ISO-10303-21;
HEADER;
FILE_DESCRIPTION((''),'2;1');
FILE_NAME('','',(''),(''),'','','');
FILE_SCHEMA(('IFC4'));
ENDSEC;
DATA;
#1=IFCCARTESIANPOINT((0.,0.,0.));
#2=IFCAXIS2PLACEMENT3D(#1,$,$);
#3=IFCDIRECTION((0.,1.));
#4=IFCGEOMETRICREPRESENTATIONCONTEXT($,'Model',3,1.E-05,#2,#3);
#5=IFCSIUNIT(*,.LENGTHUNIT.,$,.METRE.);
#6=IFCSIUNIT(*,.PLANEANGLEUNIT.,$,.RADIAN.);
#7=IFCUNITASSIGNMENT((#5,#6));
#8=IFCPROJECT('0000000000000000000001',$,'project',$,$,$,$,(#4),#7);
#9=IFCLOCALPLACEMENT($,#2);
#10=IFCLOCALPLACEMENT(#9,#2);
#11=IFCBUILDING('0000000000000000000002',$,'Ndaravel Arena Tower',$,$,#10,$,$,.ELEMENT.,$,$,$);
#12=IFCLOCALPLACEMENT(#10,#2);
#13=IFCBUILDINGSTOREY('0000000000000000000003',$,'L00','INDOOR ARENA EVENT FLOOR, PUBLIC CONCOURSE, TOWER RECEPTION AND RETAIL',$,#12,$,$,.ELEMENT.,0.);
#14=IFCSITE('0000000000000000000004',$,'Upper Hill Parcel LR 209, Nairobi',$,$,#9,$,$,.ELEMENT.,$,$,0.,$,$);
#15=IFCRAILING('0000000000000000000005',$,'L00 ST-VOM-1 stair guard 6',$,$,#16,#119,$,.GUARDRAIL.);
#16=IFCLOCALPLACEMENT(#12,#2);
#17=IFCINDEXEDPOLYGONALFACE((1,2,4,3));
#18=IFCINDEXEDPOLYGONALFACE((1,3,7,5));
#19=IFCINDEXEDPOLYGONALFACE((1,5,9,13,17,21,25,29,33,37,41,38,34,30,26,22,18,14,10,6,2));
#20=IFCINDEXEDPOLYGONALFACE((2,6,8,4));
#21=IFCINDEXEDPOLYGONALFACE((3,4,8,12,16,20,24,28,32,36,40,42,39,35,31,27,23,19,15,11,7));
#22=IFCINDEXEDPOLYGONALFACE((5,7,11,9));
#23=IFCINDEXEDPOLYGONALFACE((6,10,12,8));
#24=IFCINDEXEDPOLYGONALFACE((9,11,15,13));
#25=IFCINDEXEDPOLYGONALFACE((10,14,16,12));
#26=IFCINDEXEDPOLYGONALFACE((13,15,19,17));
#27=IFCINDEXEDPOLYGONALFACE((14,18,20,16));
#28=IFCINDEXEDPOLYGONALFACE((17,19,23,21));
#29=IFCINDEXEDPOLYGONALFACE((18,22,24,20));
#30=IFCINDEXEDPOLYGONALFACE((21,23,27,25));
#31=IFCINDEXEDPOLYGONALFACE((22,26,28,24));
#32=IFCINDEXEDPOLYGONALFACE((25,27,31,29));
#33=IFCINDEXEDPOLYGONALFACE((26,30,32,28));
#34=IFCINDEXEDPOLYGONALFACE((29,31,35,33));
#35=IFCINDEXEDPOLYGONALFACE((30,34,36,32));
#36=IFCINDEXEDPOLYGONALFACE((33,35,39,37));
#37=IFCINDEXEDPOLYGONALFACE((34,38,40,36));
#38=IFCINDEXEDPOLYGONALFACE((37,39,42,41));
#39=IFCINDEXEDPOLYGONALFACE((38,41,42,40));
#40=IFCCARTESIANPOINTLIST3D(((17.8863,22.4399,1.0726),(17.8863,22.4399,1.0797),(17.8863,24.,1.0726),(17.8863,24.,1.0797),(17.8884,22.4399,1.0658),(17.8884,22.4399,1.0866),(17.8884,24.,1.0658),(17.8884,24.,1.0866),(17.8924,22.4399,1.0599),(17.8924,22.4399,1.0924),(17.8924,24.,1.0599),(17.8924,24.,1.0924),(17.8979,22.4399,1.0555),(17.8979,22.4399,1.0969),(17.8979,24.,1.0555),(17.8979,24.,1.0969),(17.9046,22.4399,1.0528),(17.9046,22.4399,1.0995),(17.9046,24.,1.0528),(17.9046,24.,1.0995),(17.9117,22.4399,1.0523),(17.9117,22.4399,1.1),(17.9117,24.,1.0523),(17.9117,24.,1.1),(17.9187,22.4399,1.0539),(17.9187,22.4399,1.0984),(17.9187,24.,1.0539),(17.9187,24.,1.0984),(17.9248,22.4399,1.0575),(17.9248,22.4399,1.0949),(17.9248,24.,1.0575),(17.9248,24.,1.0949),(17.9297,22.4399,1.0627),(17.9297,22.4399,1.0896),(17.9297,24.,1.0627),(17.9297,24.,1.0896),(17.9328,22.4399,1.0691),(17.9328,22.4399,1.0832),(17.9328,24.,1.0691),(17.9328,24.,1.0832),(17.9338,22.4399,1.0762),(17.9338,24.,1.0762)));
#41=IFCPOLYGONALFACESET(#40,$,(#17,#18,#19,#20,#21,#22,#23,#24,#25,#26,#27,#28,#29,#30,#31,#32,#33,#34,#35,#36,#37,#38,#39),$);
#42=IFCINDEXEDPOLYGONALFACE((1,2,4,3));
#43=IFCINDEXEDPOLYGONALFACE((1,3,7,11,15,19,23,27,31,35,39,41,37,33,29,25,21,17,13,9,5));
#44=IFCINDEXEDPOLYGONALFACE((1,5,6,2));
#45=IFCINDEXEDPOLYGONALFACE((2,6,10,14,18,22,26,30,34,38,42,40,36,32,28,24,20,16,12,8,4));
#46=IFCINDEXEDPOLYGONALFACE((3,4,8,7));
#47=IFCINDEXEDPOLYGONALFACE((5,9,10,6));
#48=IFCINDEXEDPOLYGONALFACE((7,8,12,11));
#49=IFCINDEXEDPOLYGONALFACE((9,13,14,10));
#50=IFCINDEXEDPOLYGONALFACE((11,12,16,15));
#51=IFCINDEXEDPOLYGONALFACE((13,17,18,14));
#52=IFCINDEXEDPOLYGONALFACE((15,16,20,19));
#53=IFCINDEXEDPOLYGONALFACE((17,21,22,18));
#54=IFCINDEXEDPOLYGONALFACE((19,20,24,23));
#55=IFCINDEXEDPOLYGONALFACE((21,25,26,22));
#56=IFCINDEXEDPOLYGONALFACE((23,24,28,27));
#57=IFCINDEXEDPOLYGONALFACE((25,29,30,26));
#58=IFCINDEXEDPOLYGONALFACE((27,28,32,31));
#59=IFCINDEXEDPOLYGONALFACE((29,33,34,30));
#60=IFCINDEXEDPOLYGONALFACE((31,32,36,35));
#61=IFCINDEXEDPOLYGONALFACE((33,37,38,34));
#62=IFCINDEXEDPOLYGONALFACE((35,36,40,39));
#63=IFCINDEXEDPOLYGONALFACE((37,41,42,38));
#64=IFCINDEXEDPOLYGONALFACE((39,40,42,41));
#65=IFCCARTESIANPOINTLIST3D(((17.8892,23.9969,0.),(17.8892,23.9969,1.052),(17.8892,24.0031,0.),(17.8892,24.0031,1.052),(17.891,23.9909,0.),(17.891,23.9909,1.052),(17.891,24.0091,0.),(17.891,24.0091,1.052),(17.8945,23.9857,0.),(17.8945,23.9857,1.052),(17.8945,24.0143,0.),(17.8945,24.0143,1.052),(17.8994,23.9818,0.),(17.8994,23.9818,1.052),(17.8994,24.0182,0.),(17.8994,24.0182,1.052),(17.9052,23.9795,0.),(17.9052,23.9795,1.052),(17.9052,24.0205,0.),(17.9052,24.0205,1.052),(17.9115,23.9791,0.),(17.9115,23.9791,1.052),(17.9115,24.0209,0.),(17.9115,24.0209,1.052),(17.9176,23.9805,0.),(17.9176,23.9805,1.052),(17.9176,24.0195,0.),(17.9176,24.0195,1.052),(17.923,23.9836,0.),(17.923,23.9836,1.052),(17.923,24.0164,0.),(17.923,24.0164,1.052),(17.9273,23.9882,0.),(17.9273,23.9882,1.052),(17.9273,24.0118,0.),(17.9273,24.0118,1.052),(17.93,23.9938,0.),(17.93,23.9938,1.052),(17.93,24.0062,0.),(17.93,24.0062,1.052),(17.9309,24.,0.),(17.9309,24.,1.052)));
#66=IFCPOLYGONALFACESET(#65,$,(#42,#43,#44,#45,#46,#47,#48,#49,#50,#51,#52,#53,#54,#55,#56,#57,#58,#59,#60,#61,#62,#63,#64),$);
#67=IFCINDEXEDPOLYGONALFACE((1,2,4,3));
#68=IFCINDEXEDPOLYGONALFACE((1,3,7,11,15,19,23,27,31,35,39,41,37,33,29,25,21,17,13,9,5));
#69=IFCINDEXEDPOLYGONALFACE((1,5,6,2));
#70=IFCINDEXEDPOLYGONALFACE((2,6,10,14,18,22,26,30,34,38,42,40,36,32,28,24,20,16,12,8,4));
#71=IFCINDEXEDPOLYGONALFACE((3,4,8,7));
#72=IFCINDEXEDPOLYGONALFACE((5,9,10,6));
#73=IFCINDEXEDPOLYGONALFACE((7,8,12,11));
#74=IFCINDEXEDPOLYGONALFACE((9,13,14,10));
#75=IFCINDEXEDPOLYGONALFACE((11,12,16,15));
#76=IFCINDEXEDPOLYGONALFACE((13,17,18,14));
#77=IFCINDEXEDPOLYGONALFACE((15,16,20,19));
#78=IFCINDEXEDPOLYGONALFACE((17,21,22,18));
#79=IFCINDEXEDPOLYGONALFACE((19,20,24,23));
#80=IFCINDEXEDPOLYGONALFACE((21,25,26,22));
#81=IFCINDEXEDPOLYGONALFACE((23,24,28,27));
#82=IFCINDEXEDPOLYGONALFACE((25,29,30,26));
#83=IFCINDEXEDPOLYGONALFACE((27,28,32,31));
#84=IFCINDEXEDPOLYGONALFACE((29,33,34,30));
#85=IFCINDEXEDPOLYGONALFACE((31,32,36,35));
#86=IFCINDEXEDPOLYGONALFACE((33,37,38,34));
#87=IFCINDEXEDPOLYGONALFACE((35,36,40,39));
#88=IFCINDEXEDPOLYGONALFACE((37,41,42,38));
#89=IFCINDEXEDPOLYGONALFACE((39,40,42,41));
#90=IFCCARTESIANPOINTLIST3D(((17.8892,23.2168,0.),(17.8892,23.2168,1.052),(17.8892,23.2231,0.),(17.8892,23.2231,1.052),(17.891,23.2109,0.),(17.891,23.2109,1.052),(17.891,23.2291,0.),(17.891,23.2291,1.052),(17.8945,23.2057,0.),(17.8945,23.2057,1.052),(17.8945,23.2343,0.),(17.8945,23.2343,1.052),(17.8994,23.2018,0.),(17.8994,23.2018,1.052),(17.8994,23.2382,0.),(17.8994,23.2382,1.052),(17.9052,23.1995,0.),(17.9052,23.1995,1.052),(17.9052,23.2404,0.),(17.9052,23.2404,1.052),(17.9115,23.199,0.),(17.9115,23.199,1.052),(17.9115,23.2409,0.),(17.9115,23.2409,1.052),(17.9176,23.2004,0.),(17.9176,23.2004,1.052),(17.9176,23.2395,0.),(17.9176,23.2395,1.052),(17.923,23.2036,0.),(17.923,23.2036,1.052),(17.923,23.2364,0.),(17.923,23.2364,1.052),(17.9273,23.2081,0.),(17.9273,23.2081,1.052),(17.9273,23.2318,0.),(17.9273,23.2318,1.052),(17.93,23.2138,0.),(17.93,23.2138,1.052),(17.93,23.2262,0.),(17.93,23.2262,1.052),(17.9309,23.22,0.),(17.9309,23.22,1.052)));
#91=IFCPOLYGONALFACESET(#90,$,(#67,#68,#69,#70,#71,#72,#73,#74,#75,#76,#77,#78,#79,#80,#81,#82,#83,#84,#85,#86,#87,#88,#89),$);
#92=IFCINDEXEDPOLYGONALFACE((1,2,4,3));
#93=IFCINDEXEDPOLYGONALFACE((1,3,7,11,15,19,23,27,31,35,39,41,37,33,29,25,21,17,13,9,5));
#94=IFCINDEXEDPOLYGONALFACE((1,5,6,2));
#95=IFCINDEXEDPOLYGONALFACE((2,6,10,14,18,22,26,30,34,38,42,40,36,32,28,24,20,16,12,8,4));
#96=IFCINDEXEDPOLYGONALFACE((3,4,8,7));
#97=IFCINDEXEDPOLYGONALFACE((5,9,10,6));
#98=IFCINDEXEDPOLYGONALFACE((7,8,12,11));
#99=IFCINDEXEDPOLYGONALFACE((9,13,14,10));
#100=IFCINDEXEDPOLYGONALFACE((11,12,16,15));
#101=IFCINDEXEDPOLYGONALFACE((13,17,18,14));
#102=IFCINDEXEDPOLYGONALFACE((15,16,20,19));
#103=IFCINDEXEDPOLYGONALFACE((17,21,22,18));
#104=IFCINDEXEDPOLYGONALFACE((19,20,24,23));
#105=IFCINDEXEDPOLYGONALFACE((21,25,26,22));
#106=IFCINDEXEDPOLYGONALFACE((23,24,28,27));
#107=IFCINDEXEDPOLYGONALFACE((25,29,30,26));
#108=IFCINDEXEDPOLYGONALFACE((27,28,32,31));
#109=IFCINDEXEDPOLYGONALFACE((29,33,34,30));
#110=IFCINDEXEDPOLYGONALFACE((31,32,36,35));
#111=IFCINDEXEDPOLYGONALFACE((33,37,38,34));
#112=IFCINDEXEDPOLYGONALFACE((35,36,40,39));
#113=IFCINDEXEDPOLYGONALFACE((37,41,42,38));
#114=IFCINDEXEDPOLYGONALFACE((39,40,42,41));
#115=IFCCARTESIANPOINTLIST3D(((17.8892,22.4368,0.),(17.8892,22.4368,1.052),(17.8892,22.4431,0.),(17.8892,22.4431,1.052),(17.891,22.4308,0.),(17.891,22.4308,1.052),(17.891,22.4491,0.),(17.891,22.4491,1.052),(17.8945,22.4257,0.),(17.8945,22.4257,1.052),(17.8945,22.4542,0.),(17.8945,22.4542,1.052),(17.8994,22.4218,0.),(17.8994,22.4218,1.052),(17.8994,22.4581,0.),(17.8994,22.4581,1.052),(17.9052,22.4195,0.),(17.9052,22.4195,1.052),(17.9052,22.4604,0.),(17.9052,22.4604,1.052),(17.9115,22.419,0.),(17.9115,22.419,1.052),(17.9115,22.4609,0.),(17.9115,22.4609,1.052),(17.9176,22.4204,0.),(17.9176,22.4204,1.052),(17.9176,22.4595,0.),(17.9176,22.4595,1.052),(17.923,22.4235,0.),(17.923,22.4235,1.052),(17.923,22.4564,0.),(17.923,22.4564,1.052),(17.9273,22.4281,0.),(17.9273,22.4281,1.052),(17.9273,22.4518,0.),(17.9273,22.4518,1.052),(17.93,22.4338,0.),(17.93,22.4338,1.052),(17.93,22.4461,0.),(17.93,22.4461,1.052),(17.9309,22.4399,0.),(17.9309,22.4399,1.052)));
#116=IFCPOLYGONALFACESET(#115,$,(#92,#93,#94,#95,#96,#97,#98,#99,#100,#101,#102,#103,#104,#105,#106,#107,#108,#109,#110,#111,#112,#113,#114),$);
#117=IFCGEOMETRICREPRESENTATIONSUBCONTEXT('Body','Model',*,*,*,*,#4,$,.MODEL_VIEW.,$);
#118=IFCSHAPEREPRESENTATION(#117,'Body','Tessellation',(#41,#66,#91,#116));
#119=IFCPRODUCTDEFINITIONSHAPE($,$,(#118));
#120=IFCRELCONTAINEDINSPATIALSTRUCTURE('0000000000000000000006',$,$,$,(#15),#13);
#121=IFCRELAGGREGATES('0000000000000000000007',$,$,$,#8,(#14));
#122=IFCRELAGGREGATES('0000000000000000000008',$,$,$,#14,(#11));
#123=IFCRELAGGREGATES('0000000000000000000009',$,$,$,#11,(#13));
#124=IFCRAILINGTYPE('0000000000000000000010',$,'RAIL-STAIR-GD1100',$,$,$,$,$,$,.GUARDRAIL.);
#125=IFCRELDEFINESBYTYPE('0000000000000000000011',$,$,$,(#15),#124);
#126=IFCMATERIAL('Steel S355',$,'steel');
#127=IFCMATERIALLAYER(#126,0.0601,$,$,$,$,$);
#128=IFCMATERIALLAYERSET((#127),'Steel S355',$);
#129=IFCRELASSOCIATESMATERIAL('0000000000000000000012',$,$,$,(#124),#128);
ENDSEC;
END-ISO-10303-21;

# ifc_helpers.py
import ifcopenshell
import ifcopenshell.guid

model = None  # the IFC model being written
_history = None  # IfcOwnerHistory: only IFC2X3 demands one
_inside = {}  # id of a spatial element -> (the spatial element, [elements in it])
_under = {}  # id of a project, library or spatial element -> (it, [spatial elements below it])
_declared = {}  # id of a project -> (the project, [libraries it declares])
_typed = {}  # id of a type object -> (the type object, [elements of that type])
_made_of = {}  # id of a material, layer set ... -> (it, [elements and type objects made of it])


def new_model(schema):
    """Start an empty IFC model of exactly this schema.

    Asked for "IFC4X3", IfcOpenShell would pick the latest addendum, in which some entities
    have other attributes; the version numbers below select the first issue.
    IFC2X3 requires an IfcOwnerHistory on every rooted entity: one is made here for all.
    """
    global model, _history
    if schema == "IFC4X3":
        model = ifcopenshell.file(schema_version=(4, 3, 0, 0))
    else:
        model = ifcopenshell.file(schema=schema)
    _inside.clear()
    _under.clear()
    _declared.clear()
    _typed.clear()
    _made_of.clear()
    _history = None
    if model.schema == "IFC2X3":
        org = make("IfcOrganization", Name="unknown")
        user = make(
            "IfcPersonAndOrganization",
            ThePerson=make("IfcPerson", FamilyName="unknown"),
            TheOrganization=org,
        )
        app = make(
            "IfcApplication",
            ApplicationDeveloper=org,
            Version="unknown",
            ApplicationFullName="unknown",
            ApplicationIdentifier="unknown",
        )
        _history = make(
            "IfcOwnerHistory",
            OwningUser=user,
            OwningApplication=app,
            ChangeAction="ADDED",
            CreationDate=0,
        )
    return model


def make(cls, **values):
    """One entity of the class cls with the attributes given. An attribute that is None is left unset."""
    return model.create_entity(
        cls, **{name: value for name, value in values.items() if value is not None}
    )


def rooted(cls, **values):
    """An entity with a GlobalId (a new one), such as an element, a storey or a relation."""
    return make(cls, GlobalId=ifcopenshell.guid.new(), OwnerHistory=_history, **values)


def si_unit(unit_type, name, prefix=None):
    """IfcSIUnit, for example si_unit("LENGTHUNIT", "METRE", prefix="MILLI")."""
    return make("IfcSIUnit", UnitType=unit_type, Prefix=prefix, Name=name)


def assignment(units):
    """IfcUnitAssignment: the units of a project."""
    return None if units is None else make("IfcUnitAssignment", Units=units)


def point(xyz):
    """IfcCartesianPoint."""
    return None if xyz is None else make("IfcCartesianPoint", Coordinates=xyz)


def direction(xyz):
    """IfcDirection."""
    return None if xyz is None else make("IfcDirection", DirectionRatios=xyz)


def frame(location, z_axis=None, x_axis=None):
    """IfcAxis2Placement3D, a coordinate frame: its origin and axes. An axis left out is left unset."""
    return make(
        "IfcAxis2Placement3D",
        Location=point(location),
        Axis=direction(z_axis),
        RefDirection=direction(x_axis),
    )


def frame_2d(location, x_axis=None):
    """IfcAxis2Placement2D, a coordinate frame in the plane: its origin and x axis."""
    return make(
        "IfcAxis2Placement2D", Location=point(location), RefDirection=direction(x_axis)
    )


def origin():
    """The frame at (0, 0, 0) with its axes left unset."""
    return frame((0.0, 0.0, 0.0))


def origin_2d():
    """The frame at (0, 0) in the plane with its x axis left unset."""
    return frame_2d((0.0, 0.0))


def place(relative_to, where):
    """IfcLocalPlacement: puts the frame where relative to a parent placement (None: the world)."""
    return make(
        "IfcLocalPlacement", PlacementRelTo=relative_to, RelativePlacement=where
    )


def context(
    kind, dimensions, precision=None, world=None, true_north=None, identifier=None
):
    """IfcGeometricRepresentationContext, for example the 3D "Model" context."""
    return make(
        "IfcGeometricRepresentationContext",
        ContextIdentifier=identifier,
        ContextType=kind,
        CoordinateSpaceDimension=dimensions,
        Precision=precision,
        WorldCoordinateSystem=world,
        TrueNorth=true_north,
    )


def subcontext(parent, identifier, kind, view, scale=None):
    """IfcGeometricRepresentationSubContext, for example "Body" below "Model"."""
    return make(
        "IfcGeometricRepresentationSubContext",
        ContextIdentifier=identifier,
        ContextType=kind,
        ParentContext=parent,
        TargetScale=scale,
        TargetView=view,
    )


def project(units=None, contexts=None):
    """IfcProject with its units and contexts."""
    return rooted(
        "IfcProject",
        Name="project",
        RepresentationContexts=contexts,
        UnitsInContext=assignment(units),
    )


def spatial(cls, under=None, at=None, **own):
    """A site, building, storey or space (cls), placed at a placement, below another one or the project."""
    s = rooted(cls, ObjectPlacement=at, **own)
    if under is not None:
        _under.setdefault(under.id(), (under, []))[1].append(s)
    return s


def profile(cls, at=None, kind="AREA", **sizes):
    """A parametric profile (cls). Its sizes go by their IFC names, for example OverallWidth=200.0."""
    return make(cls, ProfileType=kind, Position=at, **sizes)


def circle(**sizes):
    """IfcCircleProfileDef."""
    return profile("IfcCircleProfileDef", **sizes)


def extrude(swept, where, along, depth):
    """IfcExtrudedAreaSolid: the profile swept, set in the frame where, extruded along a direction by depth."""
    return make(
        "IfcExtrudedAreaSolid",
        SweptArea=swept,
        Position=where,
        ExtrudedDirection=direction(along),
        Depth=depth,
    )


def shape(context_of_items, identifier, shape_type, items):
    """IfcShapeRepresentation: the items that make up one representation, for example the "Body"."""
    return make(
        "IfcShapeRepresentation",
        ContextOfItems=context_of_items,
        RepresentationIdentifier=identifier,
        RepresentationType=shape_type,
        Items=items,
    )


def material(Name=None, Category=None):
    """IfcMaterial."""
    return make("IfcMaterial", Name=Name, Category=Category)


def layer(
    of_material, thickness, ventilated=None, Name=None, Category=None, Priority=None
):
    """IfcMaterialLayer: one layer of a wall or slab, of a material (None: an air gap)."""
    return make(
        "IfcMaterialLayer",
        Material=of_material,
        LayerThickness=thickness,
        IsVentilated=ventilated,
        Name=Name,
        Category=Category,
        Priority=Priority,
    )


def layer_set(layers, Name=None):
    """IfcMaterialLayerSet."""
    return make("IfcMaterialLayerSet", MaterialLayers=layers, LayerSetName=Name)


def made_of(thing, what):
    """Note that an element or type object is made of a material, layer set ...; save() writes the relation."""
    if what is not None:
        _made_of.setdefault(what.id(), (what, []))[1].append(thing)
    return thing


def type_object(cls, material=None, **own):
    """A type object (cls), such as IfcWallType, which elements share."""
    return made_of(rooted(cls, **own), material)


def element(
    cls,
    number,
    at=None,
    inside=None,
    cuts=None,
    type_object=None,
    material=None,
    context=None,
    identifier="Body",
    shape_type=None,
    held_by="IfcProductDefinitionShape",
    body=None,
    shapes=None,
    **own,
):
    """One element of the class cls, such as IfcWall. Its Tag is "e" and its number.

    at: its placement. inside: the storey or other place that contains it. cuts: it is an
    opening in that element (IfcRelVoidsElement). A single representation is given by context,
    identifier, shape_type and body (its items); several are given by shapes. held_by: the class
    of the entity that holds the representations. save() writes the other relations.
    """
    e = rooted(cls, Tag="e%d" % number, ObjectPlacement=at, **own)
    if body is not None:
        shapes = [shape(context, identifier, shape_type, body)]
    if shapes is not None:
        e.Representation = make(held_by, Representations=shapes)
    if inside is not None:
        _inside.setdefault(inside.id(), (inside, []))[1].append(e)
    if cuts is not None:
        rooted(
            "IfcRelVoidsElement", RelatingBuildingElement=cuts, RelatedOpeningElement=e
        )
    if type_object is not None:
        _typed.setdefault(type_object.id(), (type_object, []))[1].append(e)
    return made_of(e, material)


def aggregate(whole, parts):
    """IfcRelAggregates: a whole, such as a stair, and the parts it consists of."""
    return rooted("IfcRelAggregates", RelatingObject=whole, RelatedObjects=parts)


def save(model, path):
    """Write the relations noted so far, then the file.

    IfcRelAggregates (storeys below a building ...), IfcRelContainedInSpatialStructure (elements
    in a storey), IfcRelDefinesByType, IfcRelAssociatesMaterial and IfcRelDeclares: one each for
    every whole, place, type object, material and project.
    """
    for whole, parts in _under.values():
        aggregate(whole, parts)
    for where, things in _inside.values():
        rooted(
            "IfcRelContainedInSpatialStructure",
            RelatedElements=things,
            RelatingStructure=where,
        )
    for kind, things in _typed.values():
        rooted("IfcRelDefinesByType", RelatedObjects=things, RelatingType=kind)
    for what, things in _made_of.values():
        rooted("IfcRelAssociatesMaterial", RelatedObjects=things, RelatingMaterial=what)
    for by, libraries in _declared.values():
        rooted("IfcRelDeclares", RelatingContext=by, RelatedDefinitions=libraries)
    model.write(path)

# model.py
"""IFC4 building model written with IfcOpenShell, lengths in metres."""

from ifc_helpers import new_model, si_unit, direction, frame, origin, origin_2d, place, context, subcontext, project, spatial, circle, extrude, material, layer, layer_set, type_object, element, save


model = new_model("IFC4")

# Units and contexts
model_context = context("Model", 3, precision=1e-05, world=origin(), true_north=direction((0.0, 1.0)))
body_context = subcontext(model_context, "Body", "Model", "MODEL_VIEW")
ifc_project = project(units=[si_unit("LENGTHUNIT", "METRE"), si_unit("PLANEANGLEUNIT", "RADIAN")], contexts=[model_context])

# Site, building, storey
site_placement = place(None, origin())
site = spatial("IfcSite", under=ifc_project, at=site_placement, Name="Upper Hill Parcel LR 209, Nairobi", CompositionType="ELEMENT", RefElevation=0.0)
building_placement = place(site_placement, origin())
building = spatial("IfcBuilding", under=site, at=building_placement, Name="Ndaravel Arena Tower", CompositionType="ELEMENT")
storey_placement = place(building_placement, origin())
storey = spatial("IfcBuildingStorey", under=building, at=storey_placement, Name="L00", Description="INDOOR ARENA EVENT FLOOR, PUBLIC CONCOURSE, TOWER RECEPTION AND RETAIL", CompositionType="ELEMENT", Elevation=0.0)

# Railing
ifc_material_1 = material(Name="Steel S355", Category="steel")
ifc_layer_1 = layer(ifc_material_1, 0.0601)
ifc_layer_set_1 = layer_set([ifc_layer_1], Name="Steel S355")
railing_type_1 = type_object("IfcRailingType", Name="RAIL-STAIR-GD1100", PredefinedType="GUARDRAIL", material=ifc_layer_set_1)
railing_1_placement = place(storey_placement, frame((17.9099, 24.0, 0.0)))
element("IfcRailing", 1, at=railing_1_placement, inside=storey, type_object=railing_type_1, Name="L00 ST-VOM-1 stair guard 6", PredefinedType="GUARDRAIL", context=body_context, shape_type="SweptSolid", body=[
    extrude(circle(Radius=0.0239, at=origin_2d()), frame((0.0, 0.0, 1.0762), z_axis=(0.0, -1.0, 0.0), x_axis=(1.0, 0.0, 0.0)), (0.0, 0.0, 1.0), 1.5601),
    extrude(circle(Radius=0.021, at=origin_2d()), origin(), (0.0, 0.0, 1.0), 1.052),
    extrude(circle(Radius=0.021, at=origin_2d()), frame((0.0, -0.78, 0.0)), (0.0, 0.0, 1.0), 1.052),
    extrude(circle(Radius=0.021, at=origin_2d()), frame((0.0, -1.5601, 0.0)), (0.0, 0.0, 1.0), 1.052),
])

save(model, "model.ifc")
